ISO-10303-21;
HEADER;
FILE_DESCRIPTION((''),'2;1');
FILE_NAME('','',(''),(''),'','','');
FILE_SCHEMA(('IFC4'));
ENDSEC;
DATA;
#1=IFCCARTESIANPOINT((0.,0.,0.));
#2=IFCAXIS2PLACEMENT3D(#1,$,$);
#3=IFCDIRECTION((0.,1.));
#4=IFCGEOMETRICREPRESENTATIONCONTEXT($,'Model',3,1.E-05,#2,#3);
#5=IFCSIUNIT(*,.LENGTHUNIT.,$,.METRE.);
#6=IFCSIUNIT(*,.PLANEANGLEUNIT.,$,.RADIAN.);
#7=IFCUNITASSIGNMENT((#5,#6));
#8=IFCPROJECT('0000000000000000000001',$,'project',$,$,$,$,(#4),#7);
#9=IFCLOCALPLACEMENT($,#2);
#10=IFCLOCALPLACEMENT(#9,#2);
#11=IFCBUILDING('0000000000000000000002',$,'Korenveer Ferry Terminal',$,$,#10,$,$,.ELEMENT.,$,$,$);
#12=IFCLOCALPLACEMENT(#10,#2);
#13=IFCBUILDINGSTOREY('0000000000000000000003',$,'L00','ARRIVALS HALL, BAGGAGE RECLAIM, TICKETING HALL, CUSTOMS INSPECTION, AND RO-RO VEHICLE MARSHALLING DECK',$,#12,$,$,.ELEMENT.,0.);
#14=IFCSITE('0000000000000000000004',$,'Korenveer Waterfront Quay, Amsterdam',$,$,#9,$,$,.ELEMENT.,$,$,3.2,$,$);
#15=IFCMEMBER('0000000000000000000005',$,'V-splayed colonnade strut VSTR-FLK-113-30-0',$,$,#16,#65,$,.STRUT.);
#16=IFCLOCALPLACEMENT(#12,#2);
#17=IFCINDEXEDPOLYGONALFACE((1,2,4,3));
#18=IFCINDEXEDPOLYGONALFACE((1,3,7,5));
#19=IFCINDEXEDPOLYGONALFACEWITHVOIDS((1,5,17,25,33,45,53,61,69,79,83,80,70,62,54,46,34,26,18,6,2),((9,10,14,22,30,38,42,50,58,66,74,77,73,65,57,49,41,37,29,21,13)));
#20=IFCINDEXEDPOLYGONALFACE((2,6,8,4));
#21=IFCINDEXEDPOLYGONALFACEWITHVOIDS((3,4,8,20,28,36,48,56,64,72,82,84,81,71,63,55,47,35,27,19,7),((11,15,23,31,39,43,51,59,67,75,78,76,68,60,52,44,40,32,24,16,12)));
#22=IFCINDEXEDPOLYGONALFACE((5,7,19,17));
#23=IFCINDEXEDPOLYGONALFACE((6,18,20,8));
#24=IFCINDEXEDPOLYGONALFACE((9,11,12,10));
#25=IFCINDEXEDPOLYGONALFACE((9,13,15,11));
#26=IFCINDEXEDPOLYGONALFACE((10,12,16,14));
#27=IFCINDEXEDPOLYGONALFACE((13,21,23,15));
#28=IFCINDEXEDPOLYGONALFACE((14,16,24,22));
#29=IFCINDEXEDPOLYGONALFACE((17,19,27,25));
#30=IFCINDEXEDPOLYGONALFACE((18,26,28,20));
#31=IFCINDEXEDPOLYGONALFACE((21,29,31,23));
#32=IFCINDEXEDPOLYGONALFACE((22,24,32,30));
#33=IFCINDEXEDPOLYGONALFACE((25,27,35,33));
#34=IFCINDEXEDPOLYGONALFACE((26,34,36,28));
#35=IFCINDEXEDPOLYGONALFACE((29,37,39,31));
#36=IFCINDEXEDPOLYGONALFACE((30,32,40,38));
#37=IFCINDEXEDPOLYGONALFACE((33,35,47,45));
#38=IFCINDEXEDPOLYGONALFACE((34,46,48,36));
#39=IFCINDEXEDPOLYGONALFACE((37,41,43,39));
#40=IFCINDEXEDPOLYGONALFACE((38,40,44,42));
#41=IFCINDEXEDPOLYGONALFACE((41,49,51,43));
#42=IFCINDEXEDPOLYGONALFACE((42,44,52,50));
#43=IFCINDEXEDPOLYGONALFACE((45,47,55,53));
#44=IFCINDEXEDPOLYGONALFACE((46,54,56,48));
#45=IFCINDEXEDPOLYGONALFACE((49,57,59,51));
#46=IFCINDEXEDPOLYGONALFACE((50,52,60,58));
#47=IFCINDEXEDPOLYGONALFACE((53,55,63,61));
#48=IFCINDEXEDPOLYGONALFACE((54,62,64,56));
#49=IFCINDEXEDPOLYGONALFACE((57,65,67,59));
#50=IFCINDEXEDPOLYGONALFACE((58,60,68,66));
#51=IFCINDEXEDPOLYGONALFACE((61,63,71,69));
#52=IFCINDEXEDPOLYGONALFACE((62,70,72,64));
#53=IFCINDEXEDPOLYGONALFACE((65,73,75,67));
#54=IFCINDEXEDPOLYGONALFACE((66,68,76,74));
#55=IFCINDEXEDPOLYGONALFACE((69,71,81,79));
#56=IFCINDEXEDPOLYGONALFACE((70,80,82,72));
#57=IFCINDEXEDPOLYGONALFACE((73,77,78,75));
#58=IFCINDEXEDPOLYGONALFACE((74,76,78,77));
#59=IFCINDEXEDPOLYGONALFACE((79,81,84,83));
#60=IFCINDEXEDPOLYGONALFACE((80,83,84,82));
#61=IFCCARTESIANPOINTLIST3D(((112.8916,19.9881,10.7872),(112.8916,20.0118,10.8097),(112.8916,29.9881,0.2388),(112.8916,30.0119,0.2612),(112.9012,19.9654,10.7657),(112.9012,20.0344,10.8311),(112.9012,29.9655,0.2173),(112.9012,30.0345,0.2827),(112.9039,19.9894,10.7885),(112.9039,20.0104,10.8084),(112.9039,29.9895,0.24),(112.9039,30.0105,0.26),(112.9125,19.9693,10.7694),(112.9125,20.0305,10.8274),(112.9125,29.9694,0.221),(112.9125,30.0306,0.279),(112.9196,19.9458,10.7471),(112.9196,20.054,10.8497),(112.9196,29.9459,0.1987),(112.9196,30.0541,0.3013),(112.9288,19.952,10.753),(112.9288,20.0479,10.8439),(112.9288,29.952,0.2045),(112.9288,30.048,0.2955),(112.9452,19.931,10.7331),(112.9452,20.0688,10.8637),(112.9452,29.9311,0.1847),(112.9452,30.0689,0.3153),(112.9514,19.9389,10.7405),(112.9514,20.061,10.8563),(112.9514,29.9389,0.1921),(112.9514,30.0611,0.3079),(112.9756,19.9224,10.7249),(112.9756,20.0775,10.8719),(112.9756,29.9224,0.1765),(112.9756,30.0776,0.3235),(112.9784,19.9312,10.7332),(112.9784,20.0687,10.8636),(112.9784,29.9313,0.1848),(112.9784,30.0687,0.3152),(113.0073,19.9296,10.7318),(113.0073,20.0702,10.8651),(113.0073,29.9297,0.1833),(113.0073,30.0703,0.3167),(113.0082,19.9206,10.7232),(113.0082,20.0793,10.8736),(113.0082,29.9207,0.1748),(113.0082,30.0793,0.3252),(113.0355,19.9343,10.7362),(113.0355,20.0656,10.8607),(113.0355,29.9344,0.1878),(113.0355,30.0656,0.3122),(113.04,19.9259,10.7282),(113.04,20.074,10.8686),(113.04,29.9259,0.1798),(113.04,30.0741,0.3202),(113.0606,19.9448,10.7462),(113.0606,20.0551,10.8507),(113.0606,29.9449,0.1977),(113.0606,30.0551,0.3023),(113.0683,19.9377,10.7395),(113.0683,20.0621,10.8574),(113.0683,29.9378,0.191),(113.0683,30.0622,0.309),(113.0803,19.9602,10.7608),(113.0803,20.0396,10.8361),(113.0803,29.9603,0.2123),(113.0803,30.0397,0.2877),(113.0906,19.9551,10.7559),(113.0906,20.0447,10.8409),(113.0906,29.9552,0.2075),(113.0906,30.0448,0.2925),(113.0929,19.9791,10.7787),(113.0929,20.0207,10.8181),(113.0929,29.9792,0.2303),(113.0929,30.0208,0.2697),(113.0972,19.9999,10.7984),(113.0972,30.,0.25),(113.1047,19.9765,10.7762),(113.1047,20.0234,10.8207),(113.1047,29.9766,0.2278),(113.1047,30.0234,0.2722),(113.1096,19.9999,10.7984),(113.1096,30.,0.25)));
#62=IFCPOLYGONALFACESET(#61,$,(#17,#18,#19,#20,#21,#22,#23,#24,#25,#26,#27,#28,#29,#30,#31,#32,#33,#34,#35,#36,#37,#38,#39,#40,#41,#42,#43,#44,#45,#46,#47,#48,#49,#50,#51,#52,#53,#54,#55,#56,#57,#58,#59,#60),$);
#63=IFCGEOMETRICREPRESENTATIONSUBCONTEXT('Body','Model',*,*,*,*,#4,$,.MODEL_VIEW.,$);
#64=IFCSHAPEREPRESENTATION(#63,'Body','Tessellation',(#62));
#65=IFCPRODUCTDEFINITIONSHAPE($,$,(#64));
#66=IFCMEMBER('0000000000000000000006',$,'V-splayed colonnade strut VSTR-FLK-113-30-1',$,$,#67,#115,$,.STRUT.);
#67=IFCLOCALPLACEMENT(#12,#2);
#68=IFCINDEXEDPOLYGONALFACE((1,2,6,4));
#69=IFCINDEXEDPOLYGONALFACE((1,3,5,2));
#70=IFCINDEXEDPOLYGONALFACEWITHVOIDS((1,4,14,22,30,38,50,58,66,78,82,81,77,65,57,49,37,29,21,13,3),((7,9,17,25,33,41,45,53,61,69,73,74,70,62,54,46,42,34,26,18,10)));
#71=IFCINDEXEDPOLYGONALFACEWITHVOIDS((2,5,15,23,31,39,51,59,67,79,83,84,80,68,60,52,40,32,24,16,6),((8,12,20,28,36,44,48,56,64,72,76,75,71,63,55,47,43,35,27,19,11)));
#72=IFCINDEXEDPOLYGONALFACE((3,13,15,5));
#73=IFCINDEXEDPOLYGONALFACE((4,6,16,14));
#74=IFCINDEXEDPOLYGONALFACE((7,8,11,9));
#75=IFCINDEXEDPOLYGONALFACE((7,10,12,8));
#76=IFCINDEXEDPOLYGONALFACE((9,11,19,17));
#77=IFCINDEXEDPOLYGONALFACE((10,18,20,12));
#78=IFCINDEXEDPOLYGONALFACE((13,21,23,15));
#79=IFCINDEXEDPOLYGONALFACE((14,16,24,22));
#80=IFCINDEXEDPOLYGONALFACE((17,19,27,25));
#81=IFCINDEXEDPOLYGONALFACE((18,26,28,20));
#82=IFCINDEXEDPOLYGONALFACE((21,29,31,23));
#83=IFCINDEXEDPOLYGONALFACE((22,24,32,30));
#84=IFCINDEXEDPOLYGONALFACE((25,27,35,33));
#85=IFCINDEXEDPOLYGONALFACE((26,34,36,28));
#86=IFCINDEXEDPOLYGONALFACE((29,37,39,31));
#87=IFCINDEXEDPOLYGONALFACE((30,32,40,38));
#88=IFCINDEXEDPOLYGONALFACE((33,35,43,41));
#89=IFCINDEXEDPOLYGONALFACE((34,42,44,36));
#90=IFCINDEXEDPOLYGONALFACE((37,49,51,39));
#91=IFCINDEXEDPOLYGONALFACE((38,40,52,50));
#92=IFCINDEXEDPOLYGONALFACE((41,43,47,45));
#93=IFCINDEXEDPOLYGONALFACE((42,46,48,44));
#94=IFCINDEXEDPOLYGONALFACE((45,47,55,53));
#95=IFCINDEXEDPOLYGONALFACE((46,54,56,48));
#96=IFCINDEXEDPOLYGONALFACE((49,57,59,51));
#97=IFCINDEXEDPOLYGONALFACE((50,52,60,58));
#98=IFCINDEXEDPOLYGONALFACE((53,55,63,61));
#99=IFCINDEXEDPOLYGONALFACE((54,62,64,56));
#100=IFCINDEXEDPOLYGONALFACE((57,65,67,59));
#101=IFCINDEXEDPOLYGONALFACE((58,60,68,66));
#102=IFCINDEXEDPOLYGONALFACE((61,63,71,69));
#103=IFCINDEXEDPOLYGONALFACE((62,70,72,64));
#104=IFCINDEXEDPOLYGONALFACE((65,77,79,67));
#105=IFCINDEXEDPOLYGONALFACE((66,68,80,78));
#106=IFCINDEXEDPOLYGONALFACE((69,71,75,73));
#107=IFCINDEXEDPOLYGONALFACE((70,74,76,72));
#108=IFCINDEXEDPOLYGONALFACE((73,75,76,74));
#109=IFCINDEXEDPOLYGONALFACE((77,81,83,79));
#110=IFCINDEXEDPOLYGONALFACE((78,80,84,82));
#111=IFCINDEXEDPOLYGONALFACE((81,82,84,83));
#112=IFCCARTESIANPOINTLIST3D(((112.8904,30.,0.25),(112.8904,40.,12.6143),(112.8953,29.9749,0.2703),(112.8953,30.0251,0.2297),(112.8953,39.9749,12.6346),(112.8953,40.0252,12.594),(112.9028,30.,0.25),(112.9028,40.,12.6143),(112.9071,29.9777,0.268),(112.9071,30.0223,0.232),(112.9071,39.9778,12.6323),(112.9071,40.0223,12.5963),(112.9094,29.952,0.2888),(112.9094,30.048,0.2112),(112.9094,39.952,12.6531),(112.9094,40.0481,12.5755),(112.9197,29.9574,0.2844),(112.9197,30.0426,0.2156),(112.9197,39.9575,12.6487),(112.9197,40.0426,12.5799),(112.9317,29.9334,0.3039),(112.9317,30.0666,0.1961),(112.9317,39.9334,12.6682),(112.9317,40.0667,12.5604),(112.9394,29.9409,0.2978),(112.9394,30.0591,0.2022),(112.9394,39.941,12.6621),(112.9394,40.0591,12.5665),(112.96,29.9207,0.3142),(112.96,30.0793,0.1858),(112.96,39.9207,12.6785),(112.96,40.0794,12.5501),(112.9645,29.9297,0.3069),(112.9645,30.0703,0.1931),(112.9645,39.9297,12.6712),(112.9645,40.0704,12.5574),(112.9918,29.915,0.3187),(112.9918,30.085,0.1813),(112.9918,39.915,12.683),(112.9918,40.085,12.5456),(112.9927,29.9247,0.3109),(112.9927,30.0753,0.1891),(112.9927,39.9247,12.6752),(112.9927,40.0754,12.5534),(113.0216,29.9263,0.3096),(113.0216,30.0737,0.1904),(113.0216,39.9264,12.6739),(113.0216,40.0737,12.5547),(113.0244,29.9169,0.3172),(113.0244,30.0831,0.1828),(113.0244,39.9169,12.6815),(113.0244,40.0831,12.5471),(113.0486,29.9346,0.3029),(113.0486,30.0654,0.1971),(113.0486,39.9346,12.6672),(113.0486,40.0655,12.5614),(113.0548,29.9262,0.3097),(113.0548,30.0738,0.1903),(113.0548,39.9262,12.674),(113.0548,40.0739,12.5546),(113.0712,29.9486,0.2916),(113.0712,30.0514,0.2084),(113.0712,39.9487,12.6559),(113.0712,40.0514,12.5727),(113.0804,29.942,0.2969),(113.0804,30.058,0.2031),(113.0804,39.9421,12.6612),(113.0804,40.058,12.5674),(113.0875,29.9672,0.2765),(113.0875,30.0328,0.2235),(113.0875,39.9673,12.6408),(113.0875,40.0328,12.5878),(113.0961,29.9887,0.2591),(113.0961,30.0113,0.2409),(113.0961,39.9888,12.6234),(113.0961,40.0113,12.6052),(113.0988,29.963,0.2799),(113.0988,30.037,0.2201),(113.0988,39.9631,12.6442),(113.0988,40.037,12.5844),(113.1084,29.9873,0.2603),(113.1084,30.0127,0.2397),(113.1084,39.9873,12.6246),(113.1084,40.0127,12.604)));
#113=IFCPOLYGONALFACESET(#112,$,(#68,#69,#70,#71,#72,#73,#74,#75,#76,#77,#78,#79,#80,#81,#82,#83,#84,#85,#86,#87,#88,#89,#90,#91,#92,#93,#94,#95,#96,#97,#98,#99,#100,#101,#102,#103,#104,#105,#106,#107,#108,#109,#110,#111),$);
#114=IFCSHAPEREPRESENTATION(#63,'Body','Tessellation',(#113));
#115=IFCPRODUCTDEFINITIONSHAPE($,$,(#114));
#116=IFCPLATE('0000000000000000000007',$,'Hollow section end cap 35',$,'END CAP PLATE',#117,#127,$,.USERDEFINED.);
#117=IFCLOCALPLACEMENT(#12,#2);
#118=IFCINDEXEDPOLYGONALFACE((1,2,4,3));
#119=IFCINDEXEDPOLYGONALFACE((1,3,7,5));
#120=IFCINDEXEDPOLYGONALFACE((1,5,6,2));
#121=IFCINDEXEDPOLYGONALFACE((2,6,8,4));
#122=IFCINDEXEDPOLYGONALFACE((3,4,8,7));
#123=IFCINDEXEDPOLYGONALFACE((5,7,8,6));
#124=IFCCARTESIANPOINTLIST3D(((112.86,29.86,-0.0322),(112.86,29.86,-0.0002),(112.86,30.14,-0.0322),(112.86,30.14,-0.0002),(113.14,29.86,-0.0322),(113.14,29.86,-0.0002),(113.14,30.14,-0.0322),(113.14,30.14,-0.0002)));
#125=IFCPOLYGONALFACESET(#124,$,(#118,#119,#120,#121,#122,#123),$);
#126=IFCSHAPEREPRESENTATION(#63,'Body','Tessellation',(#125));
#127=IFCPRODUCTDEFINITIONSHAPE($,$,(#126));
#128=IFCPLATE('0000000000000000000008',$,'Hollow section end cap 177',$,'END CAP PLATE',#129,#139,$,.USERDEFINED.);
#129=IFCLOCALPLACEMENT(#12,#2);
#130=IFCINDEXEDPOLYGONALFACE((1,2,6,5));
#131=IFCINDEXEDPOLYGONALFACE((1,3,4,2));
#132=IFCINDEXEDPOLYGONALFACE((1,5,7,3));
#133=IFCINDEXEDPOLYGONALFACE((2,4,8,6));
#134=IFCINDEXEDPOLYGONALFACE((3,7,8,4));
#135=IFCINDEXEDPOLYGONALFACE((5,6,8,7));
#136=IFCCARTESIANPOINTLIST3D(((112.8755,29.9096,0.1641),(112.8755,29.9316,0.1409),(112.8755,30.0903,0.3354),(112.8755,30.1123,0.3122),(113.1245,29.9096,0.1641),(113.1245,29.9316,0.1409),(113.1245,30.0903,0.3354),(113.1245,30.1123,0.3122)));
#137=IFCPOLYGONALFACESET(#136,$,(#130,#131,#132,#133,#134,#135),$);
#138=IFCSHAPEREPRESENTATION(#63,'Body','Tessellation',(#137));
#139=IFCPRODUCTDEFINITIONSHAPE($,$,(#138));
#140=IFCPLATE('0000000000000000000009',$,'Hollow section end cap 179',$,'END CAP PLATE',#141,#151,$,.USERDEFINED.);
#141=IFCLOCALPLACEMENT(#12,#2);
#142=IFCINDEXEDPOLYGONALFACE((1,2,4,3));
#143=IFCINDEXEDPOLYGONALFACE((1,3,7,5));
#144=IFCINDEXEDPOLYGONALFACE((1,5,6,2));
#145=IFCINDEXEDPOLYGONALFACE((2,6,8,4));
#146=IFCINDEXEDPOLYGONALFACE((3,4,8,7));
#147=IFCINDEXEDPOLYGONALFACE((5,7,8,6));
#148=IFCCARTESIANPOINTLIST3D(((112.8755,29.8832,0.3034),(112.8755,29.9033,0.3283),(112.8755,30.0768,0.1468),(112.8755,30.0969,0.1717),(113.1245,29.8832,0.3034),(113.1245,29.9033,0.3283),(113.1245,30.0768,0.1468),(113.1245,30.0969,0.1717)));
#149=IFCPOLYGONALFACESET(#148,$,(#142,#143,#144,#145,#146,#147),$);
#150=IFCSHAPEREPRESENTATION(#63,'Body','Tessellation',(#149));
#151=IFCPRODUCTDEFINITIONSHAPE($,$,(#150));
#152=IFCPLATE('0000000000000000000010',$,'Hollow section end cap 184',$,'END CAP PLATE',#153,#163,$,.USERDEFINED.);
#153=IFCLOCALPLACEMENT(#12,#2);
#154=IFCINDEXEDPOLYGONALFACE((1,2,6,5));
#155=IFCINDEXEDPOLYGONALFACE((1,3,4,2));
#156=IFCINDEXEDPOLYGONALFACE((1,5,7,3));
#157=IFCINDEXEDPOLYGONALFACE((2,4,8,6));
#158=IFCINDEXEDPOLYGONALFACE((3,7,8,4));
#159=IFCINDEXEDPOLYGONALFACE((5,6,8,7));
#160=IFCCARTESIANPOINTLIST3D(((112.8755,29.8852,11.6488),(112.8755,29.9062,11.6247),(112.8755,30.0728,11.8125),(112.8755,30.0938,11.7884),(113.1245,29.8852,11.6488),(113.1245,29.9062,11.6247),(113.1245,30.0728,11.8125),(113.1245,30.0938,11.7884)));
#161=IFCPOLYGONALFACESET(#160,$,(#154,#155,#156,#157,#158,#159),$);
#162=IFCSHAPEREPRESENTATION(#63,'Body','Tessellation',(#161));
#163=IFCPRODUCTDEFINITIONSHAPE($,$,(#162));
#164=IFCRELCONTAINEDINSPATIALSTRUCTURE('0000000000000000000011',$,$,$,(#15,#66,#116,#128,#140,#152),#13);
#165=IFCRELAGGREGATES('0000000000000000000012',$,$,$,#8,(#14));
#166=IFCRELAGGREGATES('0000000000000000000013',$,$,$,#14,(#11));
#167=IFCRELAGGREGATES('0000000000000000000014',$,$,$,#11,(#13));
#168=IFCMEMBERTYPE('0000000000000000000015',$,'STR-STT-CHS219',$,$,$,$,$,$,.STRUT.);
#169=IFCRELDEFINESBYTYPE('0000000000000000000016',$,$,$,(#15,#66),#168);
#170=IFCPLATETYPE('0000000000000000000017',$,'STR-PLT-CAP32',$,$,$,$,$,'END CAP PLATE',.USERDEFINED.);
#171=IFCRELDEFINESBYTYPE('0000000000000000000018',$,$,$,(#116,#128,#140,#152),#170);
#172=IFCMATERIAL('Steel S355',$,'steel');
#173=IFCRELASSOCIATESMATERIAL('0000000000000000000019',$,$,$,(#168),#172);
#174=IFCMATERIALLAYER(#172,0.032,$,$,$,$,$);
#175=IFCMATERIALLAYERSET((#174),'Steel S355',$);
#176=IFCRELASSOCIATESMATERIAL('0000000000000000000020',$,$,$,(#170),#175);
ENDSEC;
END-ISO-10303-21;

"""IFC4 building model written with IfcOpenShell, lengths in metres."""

from ifc_helpers import new_model, si_unit, direction, frame, origin, origin_2d, place, context, subcontext, project, spatial, rectangle, hollow_circle, extrude, material, layer, layer_set, material_profile, profile_set, type_object, element, save


model = new_model("IFC4")

# Units and contexts
model_context = context("Model", 3, precision=1e-05, world=origin(), true_north=direction((0.0, 1.0)))
body_context = subcontext(model_context, "Body", "Model", "MODEL_VIEW")
ifc_project = project(units=[si_unit("LENGTHUNIT", "METRE"), si_unit("PLANEANGLEUNIT", "RADIAN")], contexts=[model_context])

# Site, building, storey
site_placement = place(None, origin())
site = spatial("IfcSite", under=ifc_project, at=site_placement, Name="Korenveer Waterfront Quay, Amsterdam", CompositionType="ELEMENT", RefElevation=3.2)
building_placement = place(site_placement, origin())
building = spatial("IfcBuilding", under=site, at=building_placement, Name="Korenveer Ferry Terminal", CompositionType="ELEMENT")
storey_placement = place(building_placement, origin())
storey = spatial("IfcBuildingStorey", under=building, at=storey_placement, Name="L00", Description="ARRIVALS HALL, BAGGAGE RECLAIM, TICKETING HALL, CUSTOMS INSPECTION, AND RO-RO VEHICLE MARSHALLING DECK", CompositionType="ELEMENT", Elevation=0.0)

# Shared definitions
ifc_material_1 = material(Name="Steel S355", Category="steel")

# Members
ifc_material_profile_1 = material_profile(ifc_material_1, hollow_circle(Radius=0.1096, WallThickness=0.0125, at=origin_2d()), Name="CHS 219.1x12.5")
ifc_profile_set_1 = profile_set([ifc_material_profile_1], Name="Steel S355")
member_type = type_object("IfcMemberType", Name="STR-STT-CHS219", PredefinedType="STRUT", material=ifc_profile_set_1)
member_1_placement = place(storey_placement, frame((113.0, 30.0, 0.25), z_axis=(0.0, -0.687992, 0.725718), x_axis=(1.0, 0.0, 0.0)))
element("IfcMember", 1, at=member_1_placement, inside=storey, type_object=member_type, Name="V-splayed colonnade strut VSTR-FLK-113-30-0", PredefinedType="STRUT", context=body_context, shape_type="SweptSolid", body=[
    extrude(hollow_circle(Radius=0.1096, WallThickness=0.0125, at=origin_2d()), origin(), (0.0, 0.0, 1.0), 14.5352),
])
member_2_placement = place(storey_placement, frame((113.0, 30.0, 0.25), z_axis=(0.0, 0.62885, 0.777527), x_axis=(-1.0, 0.0, 0.0)))
element("IfcMember", 2, at=member_2_placement, inside=storey, type_object=member_type, Name="V-splayed colonnade strut VSTR-FLK-113-30-1", PredefinedType="STRUT", context=body_context, shape_type="SweptSolid", body=[
    extrude(hollow_circle(Radius=0.1096, WallThickness=0.0125, at=origin_2d()), origin(), (0.0, 0.0, 1.0), 15.9021),
])

# Plates
ifc_layer = layer(ifc_material_1, 0.032)
ifc_layer_set = layer_set([ifc_layer], Name="Steel S355")
plate_type = type_object("IfcPlateType", Name="STR-PLT-CAP32", ElementType="END CAP PLATE", PredefinedType="USERDEFINED", material=ifc_layer_set)
plate_placement = place(storey_placement, frame((113.0, 30.0, -0.0322), z_axis=(0.0, 0.0, 1.0), x_axis=(1.0, 0.0, 0.0)))
element("IfcPlate", 3, at=plate_placement, inside=storey, type_object=plate_type, Name="Hollow section end cap 35", ObjectType="END CAP PLATE", PredefinedType="USERDEFINED", context=body_context, shape_type="SweptSolid", body=[
    extrude(rectangle(XDim=0.28, YDim=0.28, at=origin_2d()), origin(), (0.0, 0.0, 1.0), 0.032),
])
for number, where, z_axis, x_axis, name in (
    (4, (113.0, 30.022, 0.2266), (0.0, -0.687992, 0.725718), (1.0, 0.0, 0.0), "Hollow section end cap 177"),
    (5, (113.0, 29.98, 0.2251), (0.0, 0.628848, 0.777528), (-1.0, 0.0, 0.0), "Hollow section end cap 179"),
    (6, (113.0, 30.0, 11.7065), (0.0, -0.657599, 0.753368), (1.0, 0.0, 0.0), "Hollow section end cap 184"),
):
    element("IfcPlate", number, at=place(storey_placement, frame(where, z_axis=z_axis, x_axis=x_axis)), inside=storey, type_object=plate_type, Name=name, ObjectType="END CAP PLATE", PredefinedType="USERDEFINED", context=body_context, shape_type="SweptSolid", body=[
        extrude(rectangle(XDim=0.249, YDim=0.249, at=origin_2d()), origin(), (0.0, 0.0, 1.0), 0.032),
    ])

save(model, "model.ifc")
